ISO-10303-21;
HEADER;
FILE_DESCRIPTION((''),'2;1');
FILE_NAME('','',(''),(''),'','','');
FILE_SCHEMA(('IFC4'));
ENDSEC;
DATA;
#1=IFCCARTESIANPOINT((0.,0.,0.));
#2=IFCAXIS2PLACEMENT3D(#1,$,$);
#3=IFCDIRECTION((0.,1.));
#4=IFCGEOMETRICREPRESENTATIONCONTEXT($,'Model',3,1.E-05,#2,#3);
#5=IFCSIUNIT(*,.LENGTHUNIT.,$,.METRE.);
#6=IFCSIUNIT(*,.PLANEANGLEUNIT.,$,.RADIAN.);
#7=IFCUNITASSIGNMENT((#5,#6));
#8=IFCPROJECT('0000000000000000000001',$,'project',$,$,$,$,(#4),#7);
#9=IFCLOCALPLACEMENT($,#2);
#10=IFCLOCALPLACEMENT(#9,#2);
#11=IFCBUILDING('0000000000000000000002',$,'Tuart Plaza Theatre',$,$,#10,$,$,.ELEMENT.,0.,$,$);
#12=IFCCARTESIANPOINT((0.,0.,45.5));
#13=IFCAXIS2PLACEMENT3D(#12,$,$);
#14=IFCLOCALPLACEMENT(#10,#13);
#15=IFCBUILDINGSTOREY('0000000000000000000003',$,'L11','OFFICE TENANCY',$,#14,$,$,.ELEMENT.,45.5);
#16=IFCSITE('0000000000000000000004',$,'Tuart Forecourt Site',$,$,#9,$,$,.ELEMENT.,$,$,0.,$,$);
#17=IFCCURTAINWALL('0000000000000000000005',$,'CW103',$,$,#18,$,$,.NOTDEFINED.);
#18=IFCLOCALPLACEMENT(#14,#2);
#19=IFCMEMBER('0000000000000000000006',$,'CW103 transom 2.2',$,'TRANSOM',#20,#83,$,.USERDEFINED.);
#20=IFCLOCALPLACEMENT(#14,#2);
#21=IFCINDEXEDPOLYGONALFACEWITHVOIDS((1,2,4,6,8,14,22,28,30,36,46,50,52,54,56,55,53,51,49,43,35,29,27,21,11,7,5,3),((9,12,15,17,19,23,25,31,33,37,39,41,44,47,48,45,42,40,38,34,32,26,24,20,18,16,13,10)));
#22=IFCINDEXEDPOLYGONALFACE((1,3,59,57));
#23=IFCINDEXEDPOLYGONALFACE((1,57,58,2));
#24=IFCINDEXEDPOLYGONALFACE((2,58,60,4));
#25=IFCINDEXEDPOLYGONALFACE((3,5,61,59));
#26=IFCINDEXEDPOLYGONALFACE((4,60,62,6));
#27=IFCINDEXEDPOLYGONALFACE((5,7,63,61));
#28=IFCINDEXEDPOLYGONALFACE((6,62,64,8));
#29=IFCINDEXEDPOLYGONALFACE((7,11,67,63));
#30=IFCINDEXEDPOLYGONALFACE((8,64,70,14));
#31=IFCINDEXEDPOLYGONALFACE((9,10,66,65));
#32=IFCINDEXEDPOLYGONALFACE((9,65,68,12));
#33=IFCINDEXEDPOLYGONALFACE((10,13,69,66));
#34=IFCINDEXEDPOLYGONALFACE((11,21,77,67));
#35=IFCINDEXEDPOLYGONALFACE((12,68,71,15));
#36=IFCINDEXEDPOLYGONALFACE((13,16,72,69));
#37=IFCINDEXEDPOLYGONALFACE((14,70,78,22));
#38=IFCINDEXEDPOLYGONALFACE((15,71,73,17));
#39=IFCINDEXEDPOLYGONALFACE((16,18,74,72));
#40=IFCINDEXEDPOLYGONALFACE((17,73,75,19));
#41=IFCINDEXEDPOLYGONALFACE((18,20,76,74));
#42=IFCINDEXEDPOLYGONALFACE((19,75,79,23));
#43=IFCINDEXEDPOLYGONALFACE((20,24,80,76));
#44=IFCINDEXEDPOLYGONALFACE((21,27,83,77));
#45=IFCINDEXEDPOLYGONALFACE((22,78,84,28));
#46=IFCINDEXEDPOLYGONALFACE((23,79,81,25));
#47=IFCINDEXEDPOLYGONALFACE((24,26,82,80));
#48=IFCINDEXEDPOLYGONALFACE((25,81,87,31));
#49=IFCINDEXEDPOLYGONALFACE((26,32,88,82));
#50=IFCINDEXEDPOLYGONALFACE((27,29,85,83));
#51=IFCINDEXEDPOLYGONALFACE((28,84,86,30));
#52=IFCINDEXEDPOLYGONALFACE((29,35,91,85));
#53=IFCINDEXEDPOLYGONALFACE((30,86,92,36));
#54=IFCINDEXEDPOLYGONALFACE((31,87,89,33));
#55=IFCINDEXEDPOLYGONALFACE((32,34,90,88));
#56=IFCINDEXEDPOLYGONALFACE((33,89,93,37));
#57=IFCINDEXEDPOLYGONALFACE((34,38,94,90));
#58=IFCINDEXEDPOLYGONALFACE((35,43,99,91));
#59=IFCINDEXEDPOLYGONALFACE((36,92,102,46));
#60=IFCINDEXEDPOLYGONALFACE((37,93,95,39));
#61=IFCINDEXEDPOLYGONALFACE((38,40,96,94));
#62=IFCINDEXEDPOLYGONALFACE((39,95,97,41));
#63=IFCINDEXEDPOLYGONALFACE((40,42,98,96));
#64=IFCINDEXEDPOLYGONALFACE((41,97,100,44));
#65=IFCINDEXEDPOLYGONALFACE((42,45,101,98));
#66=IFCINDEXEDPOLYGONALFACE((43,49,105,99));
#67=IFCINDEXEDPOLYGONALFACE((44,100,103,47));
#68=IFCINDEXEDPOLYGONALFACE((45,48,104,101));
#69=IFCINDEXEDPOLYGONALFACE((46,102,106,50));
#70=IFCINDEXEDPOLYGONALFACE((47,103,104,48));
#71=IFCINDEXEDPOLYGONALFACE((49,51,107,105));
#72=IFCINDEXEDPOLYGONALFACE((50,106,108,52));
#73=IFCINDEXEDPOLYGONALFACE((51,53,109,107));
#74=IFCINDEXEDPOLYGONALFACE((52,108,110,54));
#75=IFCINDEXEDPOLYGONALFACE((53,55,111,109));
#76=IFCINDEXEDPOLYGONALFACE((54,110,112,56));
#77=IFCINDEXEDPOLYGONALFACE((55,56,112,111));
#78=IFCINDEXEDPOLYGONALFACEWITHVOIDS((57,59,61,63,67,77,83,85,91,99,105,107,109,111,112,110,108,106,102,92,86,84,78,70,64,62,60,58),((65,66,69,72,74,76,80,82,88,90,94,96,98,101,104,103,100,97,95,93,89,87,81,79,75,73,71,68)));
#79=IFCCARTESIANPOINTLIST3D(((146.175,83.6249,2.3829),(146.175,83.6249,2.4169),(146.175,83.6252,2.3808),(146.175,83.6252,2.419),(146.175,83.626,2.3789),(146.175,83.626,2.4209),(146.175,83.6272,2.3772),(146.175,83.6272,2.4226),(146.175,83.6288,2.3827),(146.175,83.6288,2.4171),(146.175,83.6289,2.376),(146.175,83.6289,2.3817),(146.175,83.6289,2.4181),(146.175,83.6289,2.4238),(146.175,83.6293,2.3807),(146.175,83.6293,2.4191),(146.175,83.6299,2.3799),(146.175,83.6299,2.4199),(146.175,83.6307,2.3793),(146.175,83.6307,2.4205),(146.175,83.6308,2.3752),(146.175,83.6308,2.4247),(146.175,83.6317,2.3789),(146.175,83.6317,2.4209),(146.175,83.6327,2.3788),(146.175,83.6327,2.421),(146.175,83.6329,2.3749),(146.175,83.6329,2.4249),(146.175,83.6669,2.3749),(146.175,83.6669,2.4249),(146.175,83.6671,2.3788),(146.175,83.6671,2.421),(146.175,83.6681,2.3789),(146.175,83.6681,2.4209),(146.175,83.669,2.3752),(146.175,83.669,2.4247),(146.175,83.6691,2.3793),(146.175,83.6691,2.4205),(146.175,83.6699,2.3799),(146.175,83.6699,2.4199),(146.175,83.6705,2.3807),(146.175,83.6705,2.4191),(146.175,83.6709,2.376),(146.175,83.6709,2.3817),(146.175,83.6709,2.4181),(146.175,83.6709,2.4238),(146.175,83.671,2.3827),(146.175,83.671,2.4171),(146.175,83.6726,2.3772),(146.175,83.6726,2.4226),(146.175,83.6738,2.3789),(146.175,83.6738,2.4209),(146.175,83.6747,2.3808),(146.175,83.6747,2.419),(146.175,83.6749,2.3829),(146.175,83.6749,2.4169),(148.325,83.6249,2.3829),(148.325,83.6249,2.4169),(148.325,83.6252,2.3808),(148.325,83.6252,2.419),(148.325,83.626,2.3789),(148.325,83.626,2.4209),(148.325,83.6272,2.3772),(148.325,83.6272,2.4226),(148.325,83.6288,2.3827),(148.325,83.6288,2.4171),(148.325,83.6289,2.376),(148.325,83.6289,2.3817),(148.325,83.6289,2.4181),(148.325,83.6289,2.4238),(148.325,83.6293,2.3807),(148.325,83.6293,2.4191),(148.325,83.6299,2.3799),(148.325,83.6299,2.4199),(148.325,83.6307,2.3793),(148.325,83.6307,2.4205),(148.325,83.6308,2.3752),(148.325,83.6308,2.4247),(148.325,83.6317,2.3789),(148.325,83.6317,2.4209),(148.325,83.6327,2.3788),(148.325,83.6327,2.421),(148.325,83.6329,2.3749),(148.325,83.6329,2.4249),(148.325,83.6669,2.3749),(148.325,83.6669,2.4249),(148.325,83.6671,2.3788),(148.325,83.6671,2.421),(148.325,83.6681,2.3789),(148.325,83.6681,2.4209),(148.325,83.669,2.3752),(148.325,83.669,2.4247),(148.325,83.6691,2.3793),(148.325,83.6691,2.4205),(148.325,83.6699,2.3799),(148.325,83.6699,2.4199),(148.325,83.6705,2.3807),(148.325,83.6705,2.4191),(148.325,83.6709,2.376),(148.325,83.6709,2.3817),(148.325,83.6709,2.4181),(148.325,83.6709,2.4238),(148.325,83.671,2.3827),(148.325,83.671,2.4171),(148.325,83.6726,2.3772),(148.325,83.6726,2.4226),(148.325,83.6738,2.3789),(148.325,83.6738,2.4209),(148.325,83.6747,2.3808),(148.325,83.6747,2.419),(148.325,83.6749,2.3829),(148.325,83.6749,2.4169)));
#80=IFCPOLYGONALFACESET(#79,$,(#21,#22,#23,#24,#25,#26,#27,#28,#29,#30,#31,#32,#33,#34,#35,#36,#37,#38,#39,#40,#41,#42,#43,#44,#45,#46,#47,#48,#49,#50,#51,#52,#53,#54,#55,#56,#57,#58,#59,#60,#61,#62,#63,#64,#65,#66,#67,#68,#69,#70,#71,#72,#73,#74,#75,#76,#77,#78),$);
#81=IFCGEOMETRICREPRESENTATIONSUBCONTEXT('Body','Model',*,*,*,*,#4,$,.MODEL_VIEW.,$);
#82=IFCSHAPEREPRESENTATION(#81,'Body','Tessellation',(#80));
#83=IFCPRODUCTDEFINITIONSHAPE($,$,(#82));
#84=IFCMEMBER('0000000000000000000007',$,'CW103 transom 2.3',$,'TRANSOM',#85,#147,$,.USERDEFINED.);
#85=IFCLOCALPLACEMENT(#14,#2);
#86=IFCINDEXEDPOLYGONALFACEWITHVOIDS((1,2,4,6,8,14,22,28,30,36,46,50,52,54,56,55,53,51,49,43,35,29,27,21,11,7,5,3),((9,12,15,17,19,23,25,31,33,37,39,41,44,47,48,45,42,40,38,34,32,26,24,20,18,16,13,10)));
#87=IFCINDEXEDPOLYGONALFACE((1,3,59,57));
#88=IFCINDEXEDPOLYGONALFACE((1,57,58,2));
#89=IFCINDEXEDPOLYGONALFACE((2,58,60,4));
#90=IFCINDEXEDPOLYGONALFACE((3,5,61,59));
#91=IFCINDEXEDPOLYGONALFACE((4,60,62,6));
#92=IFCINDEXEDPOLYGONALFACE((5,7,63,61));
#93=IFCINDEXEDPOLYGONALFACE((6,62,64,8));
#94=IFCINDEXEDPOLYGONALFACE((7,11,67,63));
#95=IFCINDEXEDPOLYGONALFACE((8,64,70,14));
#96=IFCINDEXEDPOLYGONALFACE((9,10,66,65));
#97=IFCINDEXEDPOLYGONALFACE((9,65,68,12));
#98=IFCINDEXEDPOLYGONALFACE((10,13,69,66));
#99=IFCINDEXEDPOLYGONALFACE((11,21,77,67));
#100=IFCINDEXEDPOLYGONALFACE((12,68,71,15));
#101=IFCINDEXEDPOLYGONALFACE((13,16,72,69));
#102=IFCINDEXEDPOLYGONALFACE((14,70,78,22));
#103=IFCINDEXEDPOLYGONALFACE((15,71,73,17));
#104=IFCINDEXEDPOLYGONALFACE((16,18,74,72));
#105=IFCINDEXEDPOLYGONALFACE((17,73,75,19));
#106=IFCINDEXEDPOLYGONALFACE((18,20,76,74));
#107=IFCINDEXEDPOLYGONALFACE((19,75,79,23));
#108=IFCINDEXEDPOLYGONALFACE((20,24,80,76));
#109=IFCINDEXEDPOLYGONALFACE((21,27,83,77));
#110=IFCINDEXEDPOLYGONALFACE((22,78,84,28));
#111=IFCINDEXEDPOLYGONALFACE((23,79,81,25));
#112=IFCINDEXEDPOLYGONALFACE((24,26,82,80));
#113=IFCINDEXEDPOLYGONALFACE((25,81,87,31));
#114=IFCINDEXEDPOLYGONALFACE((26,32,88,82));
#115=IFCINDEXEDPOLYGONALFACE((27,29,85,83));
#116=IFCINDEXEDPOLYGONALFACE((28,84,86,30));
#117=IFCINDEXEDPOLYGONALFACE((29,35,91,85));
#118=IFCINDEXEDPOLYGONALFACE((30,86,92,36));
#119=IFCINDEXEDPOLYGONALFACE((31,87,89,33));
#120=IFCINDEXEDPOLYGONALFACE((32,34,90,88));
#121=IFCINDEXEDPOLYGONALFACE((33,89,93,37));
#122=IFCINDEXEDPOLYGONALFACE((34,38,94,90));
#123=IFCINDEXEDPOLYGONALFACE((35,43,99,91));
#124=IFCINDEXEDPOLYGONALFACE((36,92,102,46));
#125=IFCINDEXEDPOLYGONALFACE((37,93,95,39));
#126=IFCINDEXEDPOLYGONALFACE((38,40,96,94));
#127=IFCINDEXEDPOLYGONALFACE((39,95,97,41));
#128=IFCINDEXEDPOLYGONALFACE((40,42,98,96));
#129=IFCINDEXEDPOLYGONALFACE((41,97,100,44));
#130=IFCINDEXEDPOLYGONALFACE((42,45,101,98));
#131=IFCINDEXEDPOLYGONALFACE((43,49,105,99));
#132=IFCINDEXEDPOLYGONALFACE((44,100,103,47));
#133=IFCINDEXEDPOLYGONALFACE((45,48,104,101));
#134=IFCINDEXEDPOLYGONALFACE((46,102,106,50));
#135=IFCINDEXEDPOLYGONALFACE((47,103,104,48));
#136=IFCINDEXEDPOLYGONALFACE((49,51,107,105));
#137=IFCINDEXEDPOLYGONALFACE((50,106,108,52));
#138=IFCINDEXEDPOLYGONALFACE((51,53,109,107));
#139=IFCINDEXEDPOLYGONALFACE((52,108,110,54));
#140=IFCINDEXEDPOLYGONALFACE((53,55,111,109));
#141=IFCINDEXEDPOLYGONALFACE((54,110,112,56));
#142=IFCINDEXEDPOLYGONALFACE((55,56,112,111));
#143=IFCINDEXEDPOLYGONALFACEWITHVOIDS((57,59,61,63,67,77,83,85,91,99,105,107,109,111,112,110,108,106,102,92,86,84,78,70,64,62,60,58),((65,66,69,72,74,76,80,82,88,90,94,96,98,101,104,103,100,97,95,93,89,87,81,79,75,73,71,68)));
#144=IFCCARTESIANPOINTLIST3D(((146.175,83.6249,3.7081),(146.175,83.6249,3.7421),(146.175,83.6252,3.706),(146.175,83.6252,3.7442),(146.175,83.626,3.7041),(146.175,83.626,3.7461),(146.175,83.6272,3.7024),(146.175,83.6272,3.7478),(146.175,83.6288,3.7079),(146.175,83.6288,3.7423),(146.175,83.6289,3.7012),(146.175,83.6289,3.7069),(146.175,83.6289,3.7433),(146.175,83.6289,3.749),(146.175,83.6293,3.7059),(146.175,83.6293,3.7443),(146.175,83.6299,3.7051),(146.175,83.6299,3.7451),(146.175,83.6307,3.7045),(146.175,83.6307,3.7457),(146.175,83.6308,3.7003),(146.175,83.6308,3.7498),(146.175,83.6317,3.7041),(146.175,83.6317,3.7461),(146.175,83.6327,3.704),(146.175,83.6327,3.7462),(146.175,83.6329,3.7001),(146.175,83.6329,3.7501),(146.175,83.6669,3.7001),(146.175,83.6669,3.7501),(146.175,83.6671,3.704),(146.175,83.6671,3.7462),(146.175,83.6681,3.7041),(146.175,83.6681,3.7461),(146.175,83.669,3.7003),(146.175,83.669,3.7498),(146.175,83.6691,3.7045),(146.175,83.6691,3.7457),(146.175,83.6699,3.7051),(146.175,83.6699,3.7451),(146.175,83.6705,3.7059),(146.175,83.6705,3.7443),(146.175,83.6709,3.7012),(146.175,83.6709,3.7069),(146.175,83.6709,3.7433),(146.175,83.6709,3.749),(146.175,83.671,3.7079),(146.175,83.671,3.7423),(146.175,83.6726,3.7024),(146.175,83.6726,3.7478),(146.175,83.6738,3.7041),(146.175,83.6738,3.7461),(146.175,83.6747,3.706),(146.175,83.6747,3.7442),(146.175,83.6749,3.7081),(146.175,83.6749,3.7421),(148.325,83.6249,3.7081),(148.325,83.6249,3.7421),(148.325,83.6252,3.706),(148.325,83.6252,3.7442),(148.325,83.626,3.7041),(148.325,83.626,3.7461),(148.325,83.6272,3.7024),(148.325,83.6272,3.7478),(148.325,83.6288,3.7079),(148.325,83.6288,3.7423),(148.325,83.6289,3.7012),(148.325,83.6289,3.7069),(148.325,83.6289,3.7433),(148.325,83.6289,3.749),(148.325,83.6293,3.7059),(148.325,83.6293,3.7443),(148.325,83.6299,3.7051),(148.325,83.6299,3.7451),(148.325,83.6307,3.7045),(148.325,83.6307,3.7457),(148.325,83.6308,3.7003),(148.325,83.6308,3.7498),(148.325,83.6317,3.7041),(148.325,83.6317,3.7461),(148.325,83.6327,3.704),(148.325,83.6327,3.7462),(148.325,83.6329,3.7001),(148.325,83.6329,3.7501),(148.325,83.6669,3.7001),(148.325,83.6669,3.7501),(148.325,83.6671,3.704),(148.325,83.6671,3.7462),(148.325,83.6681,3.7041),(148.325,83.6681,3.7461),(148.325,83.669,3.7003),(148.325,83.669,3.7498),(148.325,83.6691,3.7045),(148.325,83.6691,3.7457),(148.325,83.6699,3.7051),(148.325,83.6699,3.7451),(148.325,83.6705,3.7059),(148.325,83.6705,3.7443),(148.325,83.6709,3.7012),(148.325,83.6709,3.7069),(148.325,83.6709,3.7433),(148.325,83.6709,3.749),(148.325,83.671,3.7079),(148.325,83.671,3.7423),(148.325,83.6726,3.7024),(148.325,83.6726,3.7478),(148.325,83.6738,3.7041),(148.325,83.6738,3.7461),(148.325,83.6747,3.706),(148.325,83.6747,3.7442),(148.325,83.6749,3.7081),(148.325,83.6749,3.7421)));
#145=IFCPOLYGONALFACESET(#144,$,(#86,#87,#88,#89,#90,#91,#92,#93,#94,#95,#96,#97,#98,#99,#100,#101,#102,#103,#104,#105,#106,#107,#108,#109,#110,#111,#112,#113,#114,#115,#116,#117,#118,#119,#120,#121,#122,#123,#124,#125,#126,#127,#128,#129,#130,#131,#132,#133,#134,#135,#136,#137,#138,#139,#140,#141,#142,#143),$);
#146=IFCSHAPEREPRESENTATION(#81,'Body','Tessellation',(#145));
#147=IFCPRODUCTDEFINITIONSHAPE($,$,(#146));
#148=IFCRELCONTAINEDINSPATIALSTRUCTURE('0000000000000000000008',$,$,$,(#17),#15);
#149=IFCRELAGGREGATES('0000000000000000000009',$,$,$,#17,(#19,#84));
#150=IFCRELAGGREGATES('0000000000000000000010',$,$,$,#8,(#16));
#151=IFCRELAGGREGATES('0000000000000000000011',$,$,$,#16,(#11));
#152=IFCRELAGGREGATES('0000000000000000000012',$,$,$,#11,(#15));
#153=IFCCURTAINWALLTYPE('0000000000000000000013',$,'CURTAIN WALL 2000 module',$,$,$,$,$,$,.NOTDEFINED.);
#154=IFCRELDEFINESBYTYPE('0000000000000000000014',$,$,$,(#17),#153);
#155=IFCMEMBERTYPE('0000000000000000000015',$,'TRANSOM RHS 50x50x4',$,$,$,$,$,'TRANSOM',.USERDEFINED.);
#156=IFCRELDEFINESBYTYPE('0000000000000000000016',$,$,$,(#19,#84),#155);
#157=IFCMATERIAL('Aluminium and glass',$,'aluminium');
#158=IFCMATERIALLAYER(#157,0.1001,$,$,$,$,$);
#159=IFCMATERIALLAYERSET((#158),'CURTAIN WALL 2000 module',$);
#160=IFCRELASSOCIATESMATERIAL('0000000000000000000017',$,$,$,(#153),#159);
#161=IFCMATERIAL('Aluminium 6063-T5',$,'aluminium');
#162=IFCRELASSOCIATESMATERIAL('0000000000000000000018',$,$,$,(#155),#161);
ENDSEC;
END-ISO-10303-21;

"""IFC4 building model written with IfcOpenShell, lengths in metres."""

from ifc_helpers import new_model, si_unit, direction, frame, origin, origin_2d, place, context, subcontext, project, spatial, hollow_rectangle, extrude, material, layer, layer_set, material_profile, profile_set, type_object, element, aggregate, save


model = new_model("IFC4")

# Units and contexts
model_context = context("Model", 3, precision=1e-05, world=origin(), true_north=direction((0.0, 1.0)))
body_context = subcontext(model_context, "Body", "Model", "MODEL_VIEW")
ifc_project = project(units=[si_unit("LENGTHUNIT", "METRE"), si_unit("PLANEANGLEUNIT", "RADIAN")], contexts=[model_context])

# Site, building, storey
site_placement = place(None, origin())
site = spatial("IfcSite", under=ifc_project, at=site_placement, Name="Tuart Forecourt Site", CompositionType="ELEMENT", RefElevation=0.0)
building_placement = place(site_placement, origin())
building = spatial("IfcBuilding", under=site, at=building_placement, Name="Tuart Plaza Theatre", CompositionType="ELEMENT", ElevationOfRefHeight=0.0)
storey_placement = place(building_placement, frame((0.0, 0.0, 45.5)))
storey = spatial("IfcBuildingStorey", under=building, at=storey_placement, Name="L11", Description="OFFICE TENANCY", CompositionType="ELEMENT", Elevation=45.5)

# Shared definitions
ifc_material_1 = material(Name="Aluminium and glass", Category="aluminium")
ifc_layer_1 = layer(ifc_material_1, 0.1001)
ifc_layer_set_1 = layer_set([ifc_layer_1], Name="CURTAIN WALL 2000 module")
curtain_wall_type = type_object("IfcCurtainWallType", Name="CURTAIN WALL 2000 module", PredefinedType="NOTDEFINED", material=ifc_layer_set_1)

# Curtain wall, members
curtain_wall_1_placement = place(storey_placement, origin())
curtain_wall_1 = element("IfcCurtainWall", 1, at=curtain_wall_1_placement, inside=storey, type_object=curtain_wall_type, Name="CW103", PredefinedType="NOTDEFINED")
ifc_material_2 = material(Name="Aluminium 6063-T5", Category="aluminium")
ifc_material_profile_1 = material_profile(ifc_material_2, hollow_rectangle(XDim=0.05, YDim=0.05, WallThickness=0.0039, InnerFilletRadius=0.0039, OuterFilletRadius=0.0081, at=origin_2d()), Name="RHS 50x50x4")
ifc_profile_set_1 = profile_set([ifc_material_profile_1], Name="Aluminium 6063-T5")
member_type_1 = type_object("IfcMemberType", Name="TRANSOM RHS 50x50x4", ElementType="TRANSOM", PredefinedType="USERDEFINED", material=ifc_profile_set_1)
member_1_placement = place(storey_placement, frame((148.325, 83.6499, 2.3999), z_axis=(-1.0, 0.0, 0.0), x_axis=(0.0, -1.0, 0.0)))
member_1 = element("IfcMember", 2, at=member_1_placement, type_object=member_type_1, Name="CW103 transom 2.2", ObjectType="TRANSOM", PredefinedType="USERDEFINED", context=body_context, shape_type="SweptSolid", body=[
    extrude(hollow_rectangle(XDim=0.05, YDim=0.05, WallThickness=0.0039, InnerFilletRadius=0.0039, OuterFilletRadius=0.0081, at=origin_2d()), origin(), (0.0, 0.0, 1.0), 2.1499),
])
member_2_placement = place(storey_placement, frame((148.325, 83.6499, 3.7251), z_axis=(-1.0, 0.0, 0.0), x_axis=(0.0, -1.0, 0.0)))
member_2 = element("IfcMember", 3, at=member_2_placement, type_object=member_type_1, Name="CW103 transom 2.3", ObjectType="TRANSOM", PredefinedType="USERDEFINED", context=body_context, shape_type="SweptSolid", body=[
    extrude(hollow_rectangle(XDim=0.05, YDim=0.05, WallThickness=0.0039, InnerFilletRadius=0.0039, OuterFilletRadius=0.0081, at=origin_2d()), origin(), (0.0, 0.0, 1.0), 2.1499),
])

aggregate(curtain_wall_1, [member_1, member_2])

save(model, "model.ifc")
